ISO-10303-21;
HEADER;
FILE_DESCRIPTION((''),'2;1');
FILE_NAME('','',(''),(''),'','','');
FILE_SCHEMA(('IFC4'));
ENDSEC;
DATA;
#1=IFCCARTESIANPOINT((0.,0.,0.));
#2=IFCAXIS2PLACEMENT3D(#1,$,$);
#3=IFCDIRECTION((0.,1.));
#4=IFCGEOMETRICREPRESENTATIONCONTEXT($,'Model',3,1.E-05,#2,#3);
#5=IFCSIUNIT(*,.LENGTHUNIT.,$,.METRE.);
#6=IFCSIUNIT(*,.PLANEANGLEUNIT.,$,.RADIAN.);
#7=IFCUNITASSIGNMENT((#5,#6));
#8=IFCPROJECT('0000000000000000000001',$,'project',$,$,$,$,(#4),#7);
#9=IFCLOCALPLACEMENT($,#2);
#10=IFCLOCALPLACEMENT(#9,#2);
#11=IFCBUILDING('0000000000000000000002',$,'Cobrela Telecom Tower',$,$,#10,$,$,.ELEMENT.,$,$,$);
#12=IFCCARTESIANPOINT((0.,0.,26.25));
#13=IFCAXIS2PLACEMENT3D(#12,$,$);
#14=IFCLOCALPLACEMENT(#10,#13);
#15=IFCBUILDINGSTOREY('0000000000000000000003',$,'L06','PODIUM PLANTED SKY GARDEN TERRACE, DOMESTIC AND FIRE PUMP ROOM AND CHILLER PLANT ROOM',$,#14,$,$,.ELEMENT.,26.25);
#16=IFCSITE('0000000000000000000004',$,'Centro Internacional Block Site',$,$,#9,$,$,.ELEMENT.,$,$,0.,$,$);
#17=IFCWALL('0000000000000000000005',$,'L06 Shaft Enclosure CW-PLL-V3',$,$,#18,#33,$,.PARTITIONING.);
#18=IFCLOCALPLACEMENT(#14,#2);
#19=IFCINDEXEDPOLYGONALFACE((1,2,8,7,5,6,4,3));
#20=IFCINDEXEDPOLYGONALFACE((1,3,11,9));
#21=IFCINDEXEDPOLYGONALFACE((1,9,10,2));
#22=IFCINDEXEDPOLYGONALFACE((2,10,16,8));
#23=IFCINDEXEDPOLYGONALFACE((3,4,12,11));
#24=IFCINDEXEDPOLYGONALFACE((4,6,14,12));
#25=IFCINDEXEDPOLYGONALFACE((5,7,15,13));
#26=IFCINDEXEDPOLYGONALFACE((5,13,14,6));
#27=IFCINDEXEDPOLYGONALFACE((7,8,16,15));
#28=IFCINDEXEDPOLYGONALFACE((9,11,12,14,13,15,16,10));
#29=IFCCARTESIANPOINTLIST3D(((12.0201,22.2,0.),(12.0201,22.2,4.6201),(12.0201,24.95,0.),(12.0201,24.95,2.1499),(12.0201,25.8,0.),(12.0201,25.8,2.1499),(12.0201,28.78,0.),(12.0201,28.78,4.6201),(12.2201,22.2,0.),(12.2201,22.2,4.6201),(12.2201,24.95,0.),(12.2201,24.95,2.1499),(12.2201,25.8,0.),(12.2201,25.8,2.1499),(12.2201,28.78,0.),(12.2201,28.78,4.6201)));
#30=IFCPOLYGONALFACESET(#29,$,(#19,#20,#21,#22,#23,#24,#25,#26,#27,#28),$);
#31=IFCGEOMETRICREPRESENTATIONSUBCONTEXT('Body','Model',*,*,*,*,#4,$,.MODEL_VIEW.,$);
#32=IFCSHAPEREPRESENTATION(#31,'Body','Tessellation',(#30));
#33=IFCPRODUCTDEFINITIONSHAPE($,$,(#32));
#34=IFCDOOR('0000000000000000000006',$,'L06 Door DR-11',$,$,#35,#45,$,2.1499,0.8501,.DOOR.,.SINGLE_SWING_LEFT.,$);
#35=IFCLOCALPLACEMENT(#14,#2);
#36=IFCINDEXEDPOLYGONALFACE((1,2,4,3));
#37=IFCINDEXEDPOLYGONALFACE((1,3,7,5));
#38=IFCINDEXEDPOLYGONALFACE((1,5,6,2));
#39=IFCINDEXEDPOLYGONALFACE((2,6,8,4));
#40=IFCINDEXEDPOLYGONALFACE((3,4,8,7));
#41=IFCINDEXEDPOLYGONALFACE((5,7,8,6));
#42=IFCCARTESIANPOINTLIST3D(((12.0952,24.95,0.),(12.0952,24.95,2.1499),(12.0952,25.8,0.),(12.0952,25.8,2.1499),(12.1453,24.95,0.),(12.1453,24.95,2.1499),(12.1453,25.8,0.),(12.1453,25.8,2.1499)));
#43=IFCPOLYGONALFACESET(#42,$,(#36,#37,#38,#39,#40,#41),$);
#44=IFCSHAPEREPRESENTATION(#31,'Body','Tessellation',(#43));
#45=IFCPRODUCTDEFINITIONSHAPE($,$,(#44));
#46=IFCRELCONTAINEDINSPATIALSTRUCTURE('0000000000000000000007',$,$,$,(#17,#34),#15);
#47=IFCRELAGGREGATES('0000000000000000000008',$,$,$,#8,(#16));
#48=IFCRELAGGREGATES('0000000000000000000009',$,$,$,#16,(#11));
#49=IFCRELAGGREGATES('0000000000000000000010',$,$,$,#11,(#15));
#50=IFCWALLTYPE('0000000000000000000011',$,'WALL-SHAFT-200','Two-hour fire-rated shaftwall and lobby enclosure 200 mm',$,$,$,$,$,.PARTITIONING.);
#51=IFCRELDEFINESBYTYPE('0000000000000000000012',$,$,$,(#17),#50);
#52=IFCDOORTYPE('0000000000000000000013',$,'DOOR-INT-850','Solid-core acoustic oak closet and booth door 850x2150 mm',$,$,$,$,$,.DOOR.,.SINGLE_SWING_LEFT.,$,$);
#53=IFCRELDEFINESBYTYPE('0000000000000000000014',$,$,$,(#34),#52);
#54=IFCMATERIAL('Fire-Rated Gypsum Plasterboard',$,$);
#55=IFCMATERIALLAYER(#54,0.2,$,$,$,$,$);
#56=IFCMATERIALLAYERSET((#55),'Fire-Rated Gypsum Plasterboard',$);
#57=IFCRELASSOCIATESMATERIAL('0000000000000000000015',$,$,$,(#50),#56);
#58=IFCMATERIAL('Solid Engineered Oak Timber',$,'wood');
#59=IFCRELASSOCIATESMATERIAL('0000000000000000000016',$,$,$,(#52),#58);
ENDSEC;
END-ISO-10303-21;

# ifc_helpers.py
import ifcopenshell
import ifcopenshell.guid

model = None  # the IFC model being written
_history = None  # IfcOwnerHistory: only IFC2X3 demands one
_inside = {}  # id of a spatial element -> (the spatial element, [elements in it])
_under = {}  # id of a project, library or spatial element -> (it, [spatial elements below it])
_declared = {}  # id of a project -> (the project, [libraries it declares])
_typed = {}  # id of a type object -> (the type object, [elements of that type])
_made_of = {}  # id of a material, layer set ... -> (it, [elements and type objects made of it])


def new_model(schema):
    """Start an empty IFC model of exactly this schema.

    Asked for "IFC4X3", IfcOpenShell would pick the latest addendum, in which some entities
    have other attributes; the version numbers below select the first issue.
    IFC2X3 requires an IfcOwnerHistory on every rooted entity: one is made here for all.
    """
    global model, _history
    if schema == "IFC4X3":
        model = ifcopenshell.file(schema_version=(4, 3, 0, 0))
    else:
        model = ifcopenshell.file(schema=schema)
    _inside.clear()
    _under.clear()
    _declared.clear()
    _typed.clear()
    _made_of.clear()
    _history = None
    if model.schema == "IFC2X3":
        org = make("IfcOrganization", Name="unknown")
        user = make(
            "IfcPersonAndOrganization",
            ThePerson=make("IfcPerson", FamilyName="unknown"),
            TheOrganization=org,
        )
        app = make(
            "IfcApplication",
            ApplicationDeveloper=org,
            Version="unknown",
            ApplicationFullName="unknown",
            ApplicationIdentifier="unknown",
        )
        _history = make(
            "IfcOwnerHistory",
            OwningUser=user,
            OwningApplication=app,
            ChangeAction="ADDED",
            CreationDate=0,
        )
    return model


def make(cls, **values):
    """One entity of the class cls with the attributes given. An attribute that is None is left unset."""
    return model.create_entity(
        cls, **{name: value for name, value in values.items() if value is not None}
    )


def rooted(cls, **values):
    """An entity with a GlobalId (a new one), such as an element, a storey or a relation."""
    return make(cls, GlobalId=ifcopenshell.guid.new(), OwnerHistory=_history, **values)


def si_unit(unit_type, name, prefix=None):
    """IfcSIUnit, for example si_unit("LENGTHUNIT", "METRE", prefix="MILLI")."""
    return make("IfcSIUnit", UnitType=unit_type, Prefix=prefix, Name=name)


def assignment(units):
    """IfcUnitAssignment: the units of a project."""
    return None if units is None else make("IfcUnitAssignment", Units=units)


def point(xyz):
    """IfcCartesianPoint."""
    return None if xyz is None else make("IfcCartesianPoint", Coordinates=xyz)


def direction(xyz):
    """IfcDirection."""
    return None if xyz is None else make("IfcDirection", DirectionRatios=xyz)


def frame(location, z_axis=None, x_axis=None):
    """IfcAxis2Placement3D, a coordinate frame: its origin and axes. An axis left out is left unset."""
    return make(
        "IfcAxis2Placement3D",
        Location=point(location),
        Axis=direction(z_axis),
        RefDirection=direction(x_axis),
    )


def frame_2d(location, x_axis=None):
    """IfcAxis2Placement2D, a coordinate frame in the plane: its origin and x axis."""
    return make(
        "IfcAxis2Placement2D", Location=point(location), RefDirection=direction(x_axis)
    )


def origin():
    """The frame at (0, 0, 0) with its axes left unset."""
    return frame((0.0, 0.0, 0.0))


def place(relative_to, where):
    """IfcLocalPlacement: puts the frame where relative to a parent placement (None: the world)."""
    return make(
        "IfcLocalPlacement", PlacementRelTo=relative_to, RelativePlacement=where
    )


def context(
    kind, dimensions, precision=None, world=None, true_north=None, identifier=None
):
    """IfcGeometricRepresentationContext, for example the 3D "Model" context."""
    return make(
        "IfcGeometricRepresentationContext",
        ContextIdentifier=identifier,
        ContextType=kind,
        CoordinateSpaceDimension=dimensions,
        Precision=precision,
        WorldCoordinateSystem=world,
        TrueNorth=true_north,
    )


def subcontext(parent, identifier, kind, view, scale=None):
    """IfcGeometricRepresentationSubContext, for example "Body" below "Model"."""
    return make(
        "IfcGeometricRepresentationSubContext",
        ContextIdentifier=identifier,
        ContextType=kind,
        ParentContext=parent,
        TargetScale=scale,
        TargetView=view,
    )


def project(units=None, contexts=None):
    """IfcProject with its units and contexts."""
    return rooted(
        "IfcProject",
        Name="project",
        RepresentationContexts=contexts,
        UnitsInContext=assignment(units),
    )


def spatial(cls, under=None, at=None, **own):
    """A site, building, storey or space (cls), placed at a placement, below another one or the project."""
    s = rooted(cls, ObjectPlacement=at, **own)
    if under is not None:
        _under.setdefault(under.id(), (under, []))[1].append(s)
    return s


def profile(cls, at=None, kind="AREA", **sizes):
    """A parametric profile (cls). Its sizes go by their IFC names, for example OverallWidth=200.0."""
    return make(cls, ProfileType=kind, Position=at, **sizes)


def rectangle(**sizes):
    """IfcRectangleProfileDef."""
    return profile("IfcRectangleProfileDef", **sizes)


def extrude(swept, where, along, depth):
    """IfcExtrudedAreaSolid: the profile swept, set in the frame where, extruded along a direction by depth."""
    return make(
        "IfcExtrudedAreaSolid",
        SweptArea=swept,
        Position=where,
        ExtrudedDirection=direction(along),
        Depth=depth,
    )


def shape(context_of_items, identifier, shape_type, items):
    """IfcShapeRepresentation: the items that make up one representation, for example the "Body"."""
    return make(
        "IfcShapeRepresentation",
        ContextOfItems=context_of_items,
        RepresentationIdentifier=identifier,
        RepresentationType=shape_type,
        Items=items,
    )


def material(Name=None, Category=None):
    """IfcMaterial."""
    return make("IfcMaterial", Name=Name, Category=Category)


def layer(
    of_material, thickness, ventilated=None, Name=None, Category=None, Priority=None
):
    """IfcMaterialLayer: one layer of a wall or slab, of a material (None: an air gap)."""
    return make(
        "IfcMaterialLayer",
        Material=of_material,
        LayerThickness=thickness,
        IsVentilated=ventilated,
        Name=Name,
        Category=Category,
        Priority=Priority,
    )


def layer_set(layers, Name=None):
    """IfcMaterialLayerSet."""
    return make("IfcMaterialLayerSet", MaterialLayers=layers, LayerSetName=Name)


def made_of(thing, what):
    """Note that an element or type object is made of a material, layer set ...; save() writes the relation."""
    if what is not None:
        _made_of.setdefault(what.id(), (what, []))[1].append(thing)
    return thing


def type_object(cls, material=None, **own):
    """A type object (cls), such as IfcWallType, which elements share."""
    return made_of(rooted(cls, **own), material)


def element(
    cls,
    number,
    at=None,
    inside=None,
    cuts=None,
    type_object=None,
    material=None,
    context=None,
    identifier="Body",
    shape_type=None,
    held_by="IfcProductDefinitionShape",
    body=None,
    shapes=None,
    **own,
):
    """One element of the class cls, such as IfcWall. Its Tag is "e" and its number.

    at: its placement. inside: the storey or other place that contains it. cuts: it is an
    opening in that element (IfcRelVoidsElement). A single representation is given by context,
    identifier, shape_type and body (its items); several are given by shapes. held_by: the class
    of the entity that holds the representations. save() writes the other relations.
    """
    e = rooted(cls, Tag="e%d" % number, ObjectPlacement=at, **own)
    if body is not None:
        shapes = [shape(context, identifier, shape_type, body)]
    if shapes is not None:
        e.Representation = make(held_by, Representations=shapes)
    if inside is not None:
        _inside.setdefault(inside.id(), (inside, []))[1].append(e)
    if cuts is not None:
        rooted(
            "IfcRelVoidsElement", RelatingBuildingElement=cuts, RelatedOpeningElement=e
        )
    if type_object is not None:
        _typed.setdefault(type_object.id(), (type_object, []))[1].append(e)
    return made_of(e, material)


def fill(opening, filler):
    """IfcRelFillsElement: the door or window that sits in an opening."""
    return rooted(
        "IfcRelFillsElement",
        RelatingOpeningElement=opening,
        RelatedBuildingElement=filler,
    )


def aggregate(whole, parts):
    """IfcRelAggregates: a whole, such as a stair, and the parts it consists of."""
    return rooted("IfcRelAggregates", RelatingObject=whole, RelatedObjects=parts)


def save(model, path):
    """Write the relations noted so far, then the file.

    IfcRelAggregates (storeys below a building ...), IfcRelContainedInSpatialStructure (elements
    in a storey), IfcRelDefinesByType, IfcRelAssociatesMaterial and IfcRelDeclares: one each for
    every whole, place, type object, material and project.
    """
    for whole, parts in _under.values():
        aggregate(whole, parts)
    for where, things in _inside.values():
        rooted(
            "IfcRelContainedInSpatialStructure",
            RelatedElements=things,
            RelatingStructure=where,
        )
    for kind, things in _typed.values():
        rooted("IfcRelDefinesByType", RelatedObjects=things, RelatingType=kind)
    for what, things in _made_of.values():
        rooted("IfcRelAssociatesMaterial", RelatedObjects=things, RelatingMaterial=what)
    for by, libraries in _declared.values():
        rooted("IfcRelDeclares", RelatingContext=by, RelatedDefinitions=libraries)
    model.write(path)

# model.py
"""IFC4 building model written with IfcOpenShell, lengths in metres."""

from ifc_helpers import new_model, si_unit, direction, frame, frame_2d, origin, place, context, subcontext, project, spatial, rectangle, extrude, material, layer, layer_set, type_object, element, fill, save


model = new_model("IFC4")

# Units and contexts
model_context = context("Model", 3, precision=1e-05, world=origin(), true_north=direction((0.0, 1.0)))
body_context = subcontext(model_context, "Body", "Model", "MODEL_VIEW")
ifc_project = project(units=[si_unit("LENGTHUNIT", "METRE"), si_unit("PLANEANGLEUNIT", "RADIAN")], contexts=[model_context])

# Site, building, storey
site_placement = place(None, origin())
site = spatial("IfcSite", under=ifc_project, at=site_placement, Name="Centro Internacional Block Site", CompositionType="ELEMENT", RefElevation=0.0)
building_placement = place(site_placement, origin())
building = spatial("IfcBuilding", under=site, at=building_placement, Name="Cobrela Telecom Tower", CompositionType="ELEMENT")
storey_placement = place(building_placement, frame((0.0, 0.0, 26.25)))
storey = spatial("IfcBuildingStorey", under=building, at=storey_placement, Name="L06", Description="PODIUM PLANTED SKY GARDEN TERRACE, DOMESTIC AND FIRE PUMP ROOM AND CHILLER PLANT ROOM", CompositionType="ELEMENT", Elevation=26.25)

# Shared definitions
ifc_material_1 = material(Name="Fire-Rated Gypsum Plasterboard")
ifc_layer_1 = layer(ifc_material_1, 0.2)
ifc_layer_set_1 = layer_set([ifc_layer_1], Name="Fire-Rated Gypsum Plasterboard")
wall_type_1 = type_object("IfcWallType", Name="WALL-SHAFT-200", Description="Two-hour fire-rated shaftwall and lobby enclosure 200 mm", PredefinedType="PARTITIONING", material=ifc_layer_set_1)

# Wall, opening, door
wall_1_placement = place(storey_placement, frame((12.1201, 22.2, 0.0), z_axis=(0.0, 0.0, 1.0), x_axis=(0.0, 1.0, 0.0)))
wall_1 = element("IfcWall", 1, at=wall_1_placement, inside=storey, type_object=wall_type_1, Name="L06 Shaft Enclosure CW-PLL-V3", PredefinedType="PARTITIONING", context=body_context, shape_type="SweptSolid", body=[
    extrude(rectangle(XDim=6.5801, YDim=0.2, at=frame_2d((3.29, 0.0))), origin(), (0.0, 0.0, 1.0), 4.6201),
])
opening_1_placement = place(wall_1_placement, frame((2.75, 0.0, 0.0)))
opening_1 = element("IfcOpeningElement", 2, at=opening_1_placement, cuts=wall_1, PredefinedType="OPENING", context=body_context, shape_type="SweptSolid", body=[
    extrude(rectangle(XDim=0.8501, YDim=2.1499, at=frame_2d((0.425, 1.075))), frame((0.0, 0.1118, 0.0), z_axis=(0.0, -1.0, 0.0), x_axis=(1.0, 0.0, 0.0)), (0.0, 0.0, 1.0), 0.2239),
])
ifc_material_2 = material(Name="Solid Engineered Oak Timber", Category="wood")
door_type_1 = type_object("IfcDoorType", Name="DOOR-INT-850", Description="Solid-core acoustic oak closet and booth door 850x2150 mm", OperationType="SINGLE_SWING_LEFT", PredefinedType="DOOR", material=ifc_material_2)
door_1_placement = place(opening_1_placement, origin())
door_1 = element("IfcDoor", 3, at=door_1_placement, inside=storey, type_object=door_type_1, Name="L06 Door DR-11", OperationType="SINGLE_SWING_LEFT", OverallHeight=2.1499, OverallWidth=0.8501, PredefinedType="DOOR", context=body_context, shape_type="SweptSolid", body=[
    extrude(rectangle(XDim=0.8501, YDim=2.1499, at=frame_2d((0.425, 1.075))), frame((0.0, 0.0249, 0.0), z_axis=(0.0, -1.0, 0.0), x_axis=(1.0, 0.0, 0.0)), (0.0, 0.0, 1.0), 0.05),
])
fill(opening_1, door_1)

save(model, "model.ifc")
